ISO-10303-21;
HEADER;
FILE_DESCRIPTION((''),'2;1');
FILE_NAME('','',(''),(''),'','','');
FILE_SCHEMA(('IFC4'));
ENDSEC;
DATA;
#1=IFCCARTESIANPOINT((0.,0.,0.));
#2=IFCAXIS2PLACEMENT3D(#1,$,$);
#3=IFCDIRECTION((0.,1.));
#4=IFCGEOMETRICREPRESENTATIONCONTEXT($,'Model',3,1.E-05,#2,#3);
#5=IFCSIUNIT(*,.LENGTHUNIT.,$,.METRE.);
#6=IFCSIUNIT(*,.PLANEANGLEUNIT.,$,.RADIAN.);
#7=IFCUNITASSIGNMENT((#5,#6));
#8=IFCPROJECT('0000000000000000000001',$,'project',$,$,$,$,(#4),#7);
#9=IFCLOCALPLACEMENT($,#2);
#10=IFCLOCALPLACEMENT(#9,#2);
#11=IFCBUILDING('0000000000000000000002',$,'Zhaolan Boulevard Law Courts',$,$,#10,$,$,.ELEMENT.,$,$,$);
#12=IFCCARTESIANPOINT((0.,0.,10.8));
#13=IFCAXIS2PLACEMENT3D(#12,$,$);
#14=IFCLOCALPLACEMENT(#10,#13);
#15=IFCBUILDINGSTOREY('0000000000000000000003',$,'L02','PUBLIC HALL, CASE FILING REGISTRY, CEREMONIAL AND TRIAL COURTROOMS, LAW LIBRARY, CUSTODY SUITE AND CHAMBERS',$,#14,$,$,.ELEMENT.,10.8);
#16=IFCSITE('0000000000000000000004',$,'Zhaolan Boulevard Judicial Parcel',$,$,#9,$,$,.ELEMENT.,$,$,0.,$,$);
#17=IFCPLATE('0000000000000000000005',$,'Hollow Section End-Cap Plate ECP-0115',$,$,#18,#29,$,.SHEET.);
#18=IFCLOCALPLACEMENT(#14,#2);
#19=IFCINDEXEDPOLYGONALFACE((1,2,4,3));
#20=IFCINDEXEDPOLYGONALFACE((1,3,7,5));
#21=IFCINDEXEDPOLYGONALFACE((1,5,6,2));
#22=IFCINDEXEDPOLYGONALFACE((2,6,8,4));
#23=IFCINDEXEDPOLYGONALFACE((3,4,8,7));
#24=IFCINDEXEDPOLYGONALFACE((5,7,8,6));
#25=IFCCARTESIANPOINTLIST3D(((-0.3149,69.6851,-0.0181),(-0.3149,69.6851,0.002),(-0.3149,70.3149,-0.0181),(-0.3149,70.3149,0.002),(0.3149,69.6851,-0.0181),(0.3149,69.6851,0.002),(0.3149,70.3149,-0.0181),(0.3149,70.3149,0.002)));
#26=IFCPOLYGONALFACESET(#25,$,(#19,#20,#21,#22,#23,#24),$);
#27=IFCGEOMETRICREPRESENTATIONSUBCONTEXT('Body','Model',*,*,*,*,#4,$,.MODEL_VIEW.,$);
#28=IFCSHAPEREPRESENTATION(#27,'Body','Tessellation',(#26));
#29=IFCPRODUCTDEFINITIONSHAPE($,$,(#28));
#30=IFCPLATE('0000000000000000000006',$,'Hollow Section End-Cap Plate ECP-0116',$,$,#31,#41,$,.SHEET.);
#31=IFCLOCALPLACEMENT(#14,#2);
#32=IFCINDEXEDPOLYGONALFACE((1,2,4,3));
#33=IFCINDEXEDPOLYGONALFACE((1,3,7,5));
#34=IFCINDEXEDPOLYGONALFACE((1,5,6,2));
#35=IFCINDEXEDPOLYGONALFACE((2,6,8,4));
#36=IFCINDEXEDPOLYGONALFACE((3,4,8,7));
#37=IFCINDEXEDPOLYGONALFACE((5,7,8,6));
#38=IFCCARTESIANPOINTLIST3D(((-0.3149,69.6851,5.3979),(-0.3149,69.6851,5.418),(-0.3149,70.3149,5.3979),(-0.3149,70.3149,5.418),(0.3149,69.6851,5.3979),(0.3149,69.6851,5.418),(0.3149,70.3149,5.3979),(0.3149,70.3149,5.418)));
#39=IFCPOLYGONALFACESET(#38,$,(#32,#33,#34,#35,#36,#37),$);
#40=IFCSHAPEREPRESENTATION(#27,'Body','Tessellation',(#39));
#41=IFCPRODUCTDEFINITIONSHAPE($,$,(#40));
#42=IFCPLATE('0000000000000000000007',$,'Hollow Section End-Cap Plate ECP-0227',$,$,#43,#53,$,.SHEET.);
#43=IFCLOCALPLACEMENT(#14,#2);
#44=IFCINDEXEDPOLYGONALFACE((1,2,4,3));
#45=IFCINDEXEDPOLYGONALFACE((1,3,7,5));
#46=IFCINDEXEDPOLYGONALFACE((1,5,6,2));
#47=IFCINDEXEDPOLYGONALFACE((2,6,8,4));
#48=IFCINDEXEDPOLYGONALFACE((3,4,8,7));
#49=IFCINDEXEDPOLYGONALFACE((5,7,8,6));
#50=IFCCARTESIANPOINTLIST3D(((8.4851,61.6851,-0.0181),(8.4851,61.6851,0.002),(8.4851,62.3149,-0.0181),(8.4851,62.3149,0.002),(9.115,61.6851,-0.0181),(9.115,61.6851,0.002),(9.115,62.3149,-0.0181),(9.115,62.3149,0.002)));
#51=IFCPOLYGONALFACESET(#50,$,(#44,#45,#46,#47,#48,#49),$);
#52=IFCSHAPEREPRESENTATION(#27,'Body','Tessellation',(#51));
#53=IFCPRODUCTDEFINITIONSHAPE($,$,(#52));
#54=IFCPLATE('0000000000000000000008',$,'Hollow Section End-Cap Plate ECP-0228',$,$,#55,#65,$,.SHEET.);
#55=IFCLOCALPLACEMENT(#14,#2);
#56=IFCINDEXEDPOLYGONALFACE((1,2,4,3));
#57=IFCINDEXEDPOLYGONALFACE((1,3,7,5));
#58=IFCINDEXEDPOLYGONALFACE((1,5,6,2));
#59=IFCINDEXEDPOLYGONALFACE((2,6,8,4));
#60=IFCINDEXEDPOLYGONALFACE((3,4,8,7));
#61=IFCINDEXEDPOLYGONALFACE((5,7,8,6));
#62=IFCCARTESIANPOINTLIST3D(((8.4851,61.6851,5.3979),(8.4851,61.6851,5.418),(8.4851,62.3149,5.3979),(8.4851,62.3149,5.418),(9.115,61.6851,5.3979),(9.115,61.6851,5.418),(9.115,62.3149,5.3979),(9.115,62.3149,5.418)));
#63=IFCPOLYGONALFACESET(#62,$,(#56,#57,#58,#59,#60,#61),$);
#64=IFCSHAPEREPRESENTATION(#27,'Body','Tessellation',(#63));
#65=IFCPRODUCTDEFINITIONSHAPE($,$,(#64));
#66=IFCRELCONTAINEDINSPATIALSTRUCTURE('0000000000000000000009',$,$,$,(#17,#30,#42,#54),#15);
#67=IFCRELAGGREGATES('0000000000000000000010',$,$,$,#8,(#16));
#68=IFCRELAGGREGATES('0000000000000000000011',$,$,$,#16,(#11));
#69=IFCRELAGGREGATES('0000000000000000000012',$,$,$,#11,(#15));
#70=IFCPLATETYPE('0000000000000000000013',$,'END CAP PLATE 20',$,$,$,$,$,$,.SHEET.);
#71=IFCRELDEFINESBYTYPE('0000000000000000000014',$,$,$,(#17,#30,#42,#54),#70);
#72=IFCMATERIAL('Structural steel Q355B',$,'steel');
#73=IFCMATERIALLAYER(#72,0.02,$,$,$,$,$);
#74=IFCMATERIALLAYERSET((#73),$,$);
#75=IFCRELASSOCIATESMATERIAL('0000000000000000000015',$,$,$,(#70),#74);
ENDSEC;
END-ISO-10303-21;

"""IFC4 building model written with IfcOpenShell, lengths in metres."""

from ifc_helpers import new_model, si_unit, direction, frame, origin, origin_2d, place, context, subcontext, project, spatial, rectangle, extrude, material, layer, layer_set, type_object, element, save


model = new_model("IFC4")

# Units and contexts
model_context = context("Model", 3, precision=1e-05, world=origin(), true_north=direction((0.0, 1.0)))
body_context = subcontext(model_context, "Body", "Model", "MODEL_VIEW")
ifc_project = project(units=[si_unit("LENGTHUNIT", "METRE"), si_unit("PLANEANGLEUNIT", "RADIAN")], contexts=[model_context])

# Site, building, storey
site_placement = place(None, origin())
site = spatial("IfcSite", under=ifc_project, at=site_placement, Name="Zhaolan Boulevard Judicial Parcel", CompositionType="ELEMENT", RefElevation=0.0)
building_placement = place(site_placement, origin())
building = spatial("IfcBuilding", under=site, at=building_placement, Name="Zhaolan Boulevard Law Courts", CompositionType="ELEMENT")
storey_placement = place(building_placement, frame((0.0, 0.0, 10.8)))
storey = spatial("IfcBuildingStorey", under=building, at=storey_placement, Name="L02", Description="PUBLIC HALL, CASE FILING REGISTRY, CEREMONIAL AND TRIAL COURTROOMS, LAW LIBRARY, CUSTODY SUITE AND CHAMBERS", CompositionType="ELEMENT", Elevation=10.8)

# Plates
ifc_material_1 = material(Name="Structural steel Q355B", Category="steel")
ifc_layer_1 = layer(ifc_material_1, 0.02)
ifc_layer_set_1 = layer_set([ifc_layer_1])
plate_type_1 = type_object("IfcPlateType", Name="END CAP PLATE 20", PredefinedType="SHEET", material=ifc_layer_set_1)
for number, where, z_axis, x_axis, name in (
    (1, (0.0, 70.0, -0.0181), (0.0, 0.0, 1.0), (1.0, 0.0, 0.0), "Hollow Section End-Cap Plate ECP-0115"),
    (2, (0.0, 70.0, 5.3979), (0.0, 0.0, 1.0), (1.0, 0.0, 0.0), "Hollow Section End-Cap Plate ECP-0116"),
    (3, (8.8, 62.0, -0.0181), (0.0, 0.0, 1.0), (1.0, 0.0, 0.0), "Hollow Section End-Cap Plate ECP-0227"),
    (4, (8.8, 62.0, 5.3979), (0.0, 0.0, 1.0), (1.0, 0.0, 0.0), "Hollow Section End-Cap Plate ECP-0228"),
):
    element("IfcPlate", number, at=place(storey_placement, frame(where, z_axis=z_axis, x_axis=x_axis)), inside=storey, type_object=plate_type_1, Name=name, PredefinedType="SHEET", context=body_context, shape_type="SweptSolid", body=[
        extrude(rectangle(XDim=0.6299, YDim=0.6299, at=origin_2d()), origin(), (0.0, 0.0, 1.0), 0.02),
    ])

save(model, "model.ifc")
